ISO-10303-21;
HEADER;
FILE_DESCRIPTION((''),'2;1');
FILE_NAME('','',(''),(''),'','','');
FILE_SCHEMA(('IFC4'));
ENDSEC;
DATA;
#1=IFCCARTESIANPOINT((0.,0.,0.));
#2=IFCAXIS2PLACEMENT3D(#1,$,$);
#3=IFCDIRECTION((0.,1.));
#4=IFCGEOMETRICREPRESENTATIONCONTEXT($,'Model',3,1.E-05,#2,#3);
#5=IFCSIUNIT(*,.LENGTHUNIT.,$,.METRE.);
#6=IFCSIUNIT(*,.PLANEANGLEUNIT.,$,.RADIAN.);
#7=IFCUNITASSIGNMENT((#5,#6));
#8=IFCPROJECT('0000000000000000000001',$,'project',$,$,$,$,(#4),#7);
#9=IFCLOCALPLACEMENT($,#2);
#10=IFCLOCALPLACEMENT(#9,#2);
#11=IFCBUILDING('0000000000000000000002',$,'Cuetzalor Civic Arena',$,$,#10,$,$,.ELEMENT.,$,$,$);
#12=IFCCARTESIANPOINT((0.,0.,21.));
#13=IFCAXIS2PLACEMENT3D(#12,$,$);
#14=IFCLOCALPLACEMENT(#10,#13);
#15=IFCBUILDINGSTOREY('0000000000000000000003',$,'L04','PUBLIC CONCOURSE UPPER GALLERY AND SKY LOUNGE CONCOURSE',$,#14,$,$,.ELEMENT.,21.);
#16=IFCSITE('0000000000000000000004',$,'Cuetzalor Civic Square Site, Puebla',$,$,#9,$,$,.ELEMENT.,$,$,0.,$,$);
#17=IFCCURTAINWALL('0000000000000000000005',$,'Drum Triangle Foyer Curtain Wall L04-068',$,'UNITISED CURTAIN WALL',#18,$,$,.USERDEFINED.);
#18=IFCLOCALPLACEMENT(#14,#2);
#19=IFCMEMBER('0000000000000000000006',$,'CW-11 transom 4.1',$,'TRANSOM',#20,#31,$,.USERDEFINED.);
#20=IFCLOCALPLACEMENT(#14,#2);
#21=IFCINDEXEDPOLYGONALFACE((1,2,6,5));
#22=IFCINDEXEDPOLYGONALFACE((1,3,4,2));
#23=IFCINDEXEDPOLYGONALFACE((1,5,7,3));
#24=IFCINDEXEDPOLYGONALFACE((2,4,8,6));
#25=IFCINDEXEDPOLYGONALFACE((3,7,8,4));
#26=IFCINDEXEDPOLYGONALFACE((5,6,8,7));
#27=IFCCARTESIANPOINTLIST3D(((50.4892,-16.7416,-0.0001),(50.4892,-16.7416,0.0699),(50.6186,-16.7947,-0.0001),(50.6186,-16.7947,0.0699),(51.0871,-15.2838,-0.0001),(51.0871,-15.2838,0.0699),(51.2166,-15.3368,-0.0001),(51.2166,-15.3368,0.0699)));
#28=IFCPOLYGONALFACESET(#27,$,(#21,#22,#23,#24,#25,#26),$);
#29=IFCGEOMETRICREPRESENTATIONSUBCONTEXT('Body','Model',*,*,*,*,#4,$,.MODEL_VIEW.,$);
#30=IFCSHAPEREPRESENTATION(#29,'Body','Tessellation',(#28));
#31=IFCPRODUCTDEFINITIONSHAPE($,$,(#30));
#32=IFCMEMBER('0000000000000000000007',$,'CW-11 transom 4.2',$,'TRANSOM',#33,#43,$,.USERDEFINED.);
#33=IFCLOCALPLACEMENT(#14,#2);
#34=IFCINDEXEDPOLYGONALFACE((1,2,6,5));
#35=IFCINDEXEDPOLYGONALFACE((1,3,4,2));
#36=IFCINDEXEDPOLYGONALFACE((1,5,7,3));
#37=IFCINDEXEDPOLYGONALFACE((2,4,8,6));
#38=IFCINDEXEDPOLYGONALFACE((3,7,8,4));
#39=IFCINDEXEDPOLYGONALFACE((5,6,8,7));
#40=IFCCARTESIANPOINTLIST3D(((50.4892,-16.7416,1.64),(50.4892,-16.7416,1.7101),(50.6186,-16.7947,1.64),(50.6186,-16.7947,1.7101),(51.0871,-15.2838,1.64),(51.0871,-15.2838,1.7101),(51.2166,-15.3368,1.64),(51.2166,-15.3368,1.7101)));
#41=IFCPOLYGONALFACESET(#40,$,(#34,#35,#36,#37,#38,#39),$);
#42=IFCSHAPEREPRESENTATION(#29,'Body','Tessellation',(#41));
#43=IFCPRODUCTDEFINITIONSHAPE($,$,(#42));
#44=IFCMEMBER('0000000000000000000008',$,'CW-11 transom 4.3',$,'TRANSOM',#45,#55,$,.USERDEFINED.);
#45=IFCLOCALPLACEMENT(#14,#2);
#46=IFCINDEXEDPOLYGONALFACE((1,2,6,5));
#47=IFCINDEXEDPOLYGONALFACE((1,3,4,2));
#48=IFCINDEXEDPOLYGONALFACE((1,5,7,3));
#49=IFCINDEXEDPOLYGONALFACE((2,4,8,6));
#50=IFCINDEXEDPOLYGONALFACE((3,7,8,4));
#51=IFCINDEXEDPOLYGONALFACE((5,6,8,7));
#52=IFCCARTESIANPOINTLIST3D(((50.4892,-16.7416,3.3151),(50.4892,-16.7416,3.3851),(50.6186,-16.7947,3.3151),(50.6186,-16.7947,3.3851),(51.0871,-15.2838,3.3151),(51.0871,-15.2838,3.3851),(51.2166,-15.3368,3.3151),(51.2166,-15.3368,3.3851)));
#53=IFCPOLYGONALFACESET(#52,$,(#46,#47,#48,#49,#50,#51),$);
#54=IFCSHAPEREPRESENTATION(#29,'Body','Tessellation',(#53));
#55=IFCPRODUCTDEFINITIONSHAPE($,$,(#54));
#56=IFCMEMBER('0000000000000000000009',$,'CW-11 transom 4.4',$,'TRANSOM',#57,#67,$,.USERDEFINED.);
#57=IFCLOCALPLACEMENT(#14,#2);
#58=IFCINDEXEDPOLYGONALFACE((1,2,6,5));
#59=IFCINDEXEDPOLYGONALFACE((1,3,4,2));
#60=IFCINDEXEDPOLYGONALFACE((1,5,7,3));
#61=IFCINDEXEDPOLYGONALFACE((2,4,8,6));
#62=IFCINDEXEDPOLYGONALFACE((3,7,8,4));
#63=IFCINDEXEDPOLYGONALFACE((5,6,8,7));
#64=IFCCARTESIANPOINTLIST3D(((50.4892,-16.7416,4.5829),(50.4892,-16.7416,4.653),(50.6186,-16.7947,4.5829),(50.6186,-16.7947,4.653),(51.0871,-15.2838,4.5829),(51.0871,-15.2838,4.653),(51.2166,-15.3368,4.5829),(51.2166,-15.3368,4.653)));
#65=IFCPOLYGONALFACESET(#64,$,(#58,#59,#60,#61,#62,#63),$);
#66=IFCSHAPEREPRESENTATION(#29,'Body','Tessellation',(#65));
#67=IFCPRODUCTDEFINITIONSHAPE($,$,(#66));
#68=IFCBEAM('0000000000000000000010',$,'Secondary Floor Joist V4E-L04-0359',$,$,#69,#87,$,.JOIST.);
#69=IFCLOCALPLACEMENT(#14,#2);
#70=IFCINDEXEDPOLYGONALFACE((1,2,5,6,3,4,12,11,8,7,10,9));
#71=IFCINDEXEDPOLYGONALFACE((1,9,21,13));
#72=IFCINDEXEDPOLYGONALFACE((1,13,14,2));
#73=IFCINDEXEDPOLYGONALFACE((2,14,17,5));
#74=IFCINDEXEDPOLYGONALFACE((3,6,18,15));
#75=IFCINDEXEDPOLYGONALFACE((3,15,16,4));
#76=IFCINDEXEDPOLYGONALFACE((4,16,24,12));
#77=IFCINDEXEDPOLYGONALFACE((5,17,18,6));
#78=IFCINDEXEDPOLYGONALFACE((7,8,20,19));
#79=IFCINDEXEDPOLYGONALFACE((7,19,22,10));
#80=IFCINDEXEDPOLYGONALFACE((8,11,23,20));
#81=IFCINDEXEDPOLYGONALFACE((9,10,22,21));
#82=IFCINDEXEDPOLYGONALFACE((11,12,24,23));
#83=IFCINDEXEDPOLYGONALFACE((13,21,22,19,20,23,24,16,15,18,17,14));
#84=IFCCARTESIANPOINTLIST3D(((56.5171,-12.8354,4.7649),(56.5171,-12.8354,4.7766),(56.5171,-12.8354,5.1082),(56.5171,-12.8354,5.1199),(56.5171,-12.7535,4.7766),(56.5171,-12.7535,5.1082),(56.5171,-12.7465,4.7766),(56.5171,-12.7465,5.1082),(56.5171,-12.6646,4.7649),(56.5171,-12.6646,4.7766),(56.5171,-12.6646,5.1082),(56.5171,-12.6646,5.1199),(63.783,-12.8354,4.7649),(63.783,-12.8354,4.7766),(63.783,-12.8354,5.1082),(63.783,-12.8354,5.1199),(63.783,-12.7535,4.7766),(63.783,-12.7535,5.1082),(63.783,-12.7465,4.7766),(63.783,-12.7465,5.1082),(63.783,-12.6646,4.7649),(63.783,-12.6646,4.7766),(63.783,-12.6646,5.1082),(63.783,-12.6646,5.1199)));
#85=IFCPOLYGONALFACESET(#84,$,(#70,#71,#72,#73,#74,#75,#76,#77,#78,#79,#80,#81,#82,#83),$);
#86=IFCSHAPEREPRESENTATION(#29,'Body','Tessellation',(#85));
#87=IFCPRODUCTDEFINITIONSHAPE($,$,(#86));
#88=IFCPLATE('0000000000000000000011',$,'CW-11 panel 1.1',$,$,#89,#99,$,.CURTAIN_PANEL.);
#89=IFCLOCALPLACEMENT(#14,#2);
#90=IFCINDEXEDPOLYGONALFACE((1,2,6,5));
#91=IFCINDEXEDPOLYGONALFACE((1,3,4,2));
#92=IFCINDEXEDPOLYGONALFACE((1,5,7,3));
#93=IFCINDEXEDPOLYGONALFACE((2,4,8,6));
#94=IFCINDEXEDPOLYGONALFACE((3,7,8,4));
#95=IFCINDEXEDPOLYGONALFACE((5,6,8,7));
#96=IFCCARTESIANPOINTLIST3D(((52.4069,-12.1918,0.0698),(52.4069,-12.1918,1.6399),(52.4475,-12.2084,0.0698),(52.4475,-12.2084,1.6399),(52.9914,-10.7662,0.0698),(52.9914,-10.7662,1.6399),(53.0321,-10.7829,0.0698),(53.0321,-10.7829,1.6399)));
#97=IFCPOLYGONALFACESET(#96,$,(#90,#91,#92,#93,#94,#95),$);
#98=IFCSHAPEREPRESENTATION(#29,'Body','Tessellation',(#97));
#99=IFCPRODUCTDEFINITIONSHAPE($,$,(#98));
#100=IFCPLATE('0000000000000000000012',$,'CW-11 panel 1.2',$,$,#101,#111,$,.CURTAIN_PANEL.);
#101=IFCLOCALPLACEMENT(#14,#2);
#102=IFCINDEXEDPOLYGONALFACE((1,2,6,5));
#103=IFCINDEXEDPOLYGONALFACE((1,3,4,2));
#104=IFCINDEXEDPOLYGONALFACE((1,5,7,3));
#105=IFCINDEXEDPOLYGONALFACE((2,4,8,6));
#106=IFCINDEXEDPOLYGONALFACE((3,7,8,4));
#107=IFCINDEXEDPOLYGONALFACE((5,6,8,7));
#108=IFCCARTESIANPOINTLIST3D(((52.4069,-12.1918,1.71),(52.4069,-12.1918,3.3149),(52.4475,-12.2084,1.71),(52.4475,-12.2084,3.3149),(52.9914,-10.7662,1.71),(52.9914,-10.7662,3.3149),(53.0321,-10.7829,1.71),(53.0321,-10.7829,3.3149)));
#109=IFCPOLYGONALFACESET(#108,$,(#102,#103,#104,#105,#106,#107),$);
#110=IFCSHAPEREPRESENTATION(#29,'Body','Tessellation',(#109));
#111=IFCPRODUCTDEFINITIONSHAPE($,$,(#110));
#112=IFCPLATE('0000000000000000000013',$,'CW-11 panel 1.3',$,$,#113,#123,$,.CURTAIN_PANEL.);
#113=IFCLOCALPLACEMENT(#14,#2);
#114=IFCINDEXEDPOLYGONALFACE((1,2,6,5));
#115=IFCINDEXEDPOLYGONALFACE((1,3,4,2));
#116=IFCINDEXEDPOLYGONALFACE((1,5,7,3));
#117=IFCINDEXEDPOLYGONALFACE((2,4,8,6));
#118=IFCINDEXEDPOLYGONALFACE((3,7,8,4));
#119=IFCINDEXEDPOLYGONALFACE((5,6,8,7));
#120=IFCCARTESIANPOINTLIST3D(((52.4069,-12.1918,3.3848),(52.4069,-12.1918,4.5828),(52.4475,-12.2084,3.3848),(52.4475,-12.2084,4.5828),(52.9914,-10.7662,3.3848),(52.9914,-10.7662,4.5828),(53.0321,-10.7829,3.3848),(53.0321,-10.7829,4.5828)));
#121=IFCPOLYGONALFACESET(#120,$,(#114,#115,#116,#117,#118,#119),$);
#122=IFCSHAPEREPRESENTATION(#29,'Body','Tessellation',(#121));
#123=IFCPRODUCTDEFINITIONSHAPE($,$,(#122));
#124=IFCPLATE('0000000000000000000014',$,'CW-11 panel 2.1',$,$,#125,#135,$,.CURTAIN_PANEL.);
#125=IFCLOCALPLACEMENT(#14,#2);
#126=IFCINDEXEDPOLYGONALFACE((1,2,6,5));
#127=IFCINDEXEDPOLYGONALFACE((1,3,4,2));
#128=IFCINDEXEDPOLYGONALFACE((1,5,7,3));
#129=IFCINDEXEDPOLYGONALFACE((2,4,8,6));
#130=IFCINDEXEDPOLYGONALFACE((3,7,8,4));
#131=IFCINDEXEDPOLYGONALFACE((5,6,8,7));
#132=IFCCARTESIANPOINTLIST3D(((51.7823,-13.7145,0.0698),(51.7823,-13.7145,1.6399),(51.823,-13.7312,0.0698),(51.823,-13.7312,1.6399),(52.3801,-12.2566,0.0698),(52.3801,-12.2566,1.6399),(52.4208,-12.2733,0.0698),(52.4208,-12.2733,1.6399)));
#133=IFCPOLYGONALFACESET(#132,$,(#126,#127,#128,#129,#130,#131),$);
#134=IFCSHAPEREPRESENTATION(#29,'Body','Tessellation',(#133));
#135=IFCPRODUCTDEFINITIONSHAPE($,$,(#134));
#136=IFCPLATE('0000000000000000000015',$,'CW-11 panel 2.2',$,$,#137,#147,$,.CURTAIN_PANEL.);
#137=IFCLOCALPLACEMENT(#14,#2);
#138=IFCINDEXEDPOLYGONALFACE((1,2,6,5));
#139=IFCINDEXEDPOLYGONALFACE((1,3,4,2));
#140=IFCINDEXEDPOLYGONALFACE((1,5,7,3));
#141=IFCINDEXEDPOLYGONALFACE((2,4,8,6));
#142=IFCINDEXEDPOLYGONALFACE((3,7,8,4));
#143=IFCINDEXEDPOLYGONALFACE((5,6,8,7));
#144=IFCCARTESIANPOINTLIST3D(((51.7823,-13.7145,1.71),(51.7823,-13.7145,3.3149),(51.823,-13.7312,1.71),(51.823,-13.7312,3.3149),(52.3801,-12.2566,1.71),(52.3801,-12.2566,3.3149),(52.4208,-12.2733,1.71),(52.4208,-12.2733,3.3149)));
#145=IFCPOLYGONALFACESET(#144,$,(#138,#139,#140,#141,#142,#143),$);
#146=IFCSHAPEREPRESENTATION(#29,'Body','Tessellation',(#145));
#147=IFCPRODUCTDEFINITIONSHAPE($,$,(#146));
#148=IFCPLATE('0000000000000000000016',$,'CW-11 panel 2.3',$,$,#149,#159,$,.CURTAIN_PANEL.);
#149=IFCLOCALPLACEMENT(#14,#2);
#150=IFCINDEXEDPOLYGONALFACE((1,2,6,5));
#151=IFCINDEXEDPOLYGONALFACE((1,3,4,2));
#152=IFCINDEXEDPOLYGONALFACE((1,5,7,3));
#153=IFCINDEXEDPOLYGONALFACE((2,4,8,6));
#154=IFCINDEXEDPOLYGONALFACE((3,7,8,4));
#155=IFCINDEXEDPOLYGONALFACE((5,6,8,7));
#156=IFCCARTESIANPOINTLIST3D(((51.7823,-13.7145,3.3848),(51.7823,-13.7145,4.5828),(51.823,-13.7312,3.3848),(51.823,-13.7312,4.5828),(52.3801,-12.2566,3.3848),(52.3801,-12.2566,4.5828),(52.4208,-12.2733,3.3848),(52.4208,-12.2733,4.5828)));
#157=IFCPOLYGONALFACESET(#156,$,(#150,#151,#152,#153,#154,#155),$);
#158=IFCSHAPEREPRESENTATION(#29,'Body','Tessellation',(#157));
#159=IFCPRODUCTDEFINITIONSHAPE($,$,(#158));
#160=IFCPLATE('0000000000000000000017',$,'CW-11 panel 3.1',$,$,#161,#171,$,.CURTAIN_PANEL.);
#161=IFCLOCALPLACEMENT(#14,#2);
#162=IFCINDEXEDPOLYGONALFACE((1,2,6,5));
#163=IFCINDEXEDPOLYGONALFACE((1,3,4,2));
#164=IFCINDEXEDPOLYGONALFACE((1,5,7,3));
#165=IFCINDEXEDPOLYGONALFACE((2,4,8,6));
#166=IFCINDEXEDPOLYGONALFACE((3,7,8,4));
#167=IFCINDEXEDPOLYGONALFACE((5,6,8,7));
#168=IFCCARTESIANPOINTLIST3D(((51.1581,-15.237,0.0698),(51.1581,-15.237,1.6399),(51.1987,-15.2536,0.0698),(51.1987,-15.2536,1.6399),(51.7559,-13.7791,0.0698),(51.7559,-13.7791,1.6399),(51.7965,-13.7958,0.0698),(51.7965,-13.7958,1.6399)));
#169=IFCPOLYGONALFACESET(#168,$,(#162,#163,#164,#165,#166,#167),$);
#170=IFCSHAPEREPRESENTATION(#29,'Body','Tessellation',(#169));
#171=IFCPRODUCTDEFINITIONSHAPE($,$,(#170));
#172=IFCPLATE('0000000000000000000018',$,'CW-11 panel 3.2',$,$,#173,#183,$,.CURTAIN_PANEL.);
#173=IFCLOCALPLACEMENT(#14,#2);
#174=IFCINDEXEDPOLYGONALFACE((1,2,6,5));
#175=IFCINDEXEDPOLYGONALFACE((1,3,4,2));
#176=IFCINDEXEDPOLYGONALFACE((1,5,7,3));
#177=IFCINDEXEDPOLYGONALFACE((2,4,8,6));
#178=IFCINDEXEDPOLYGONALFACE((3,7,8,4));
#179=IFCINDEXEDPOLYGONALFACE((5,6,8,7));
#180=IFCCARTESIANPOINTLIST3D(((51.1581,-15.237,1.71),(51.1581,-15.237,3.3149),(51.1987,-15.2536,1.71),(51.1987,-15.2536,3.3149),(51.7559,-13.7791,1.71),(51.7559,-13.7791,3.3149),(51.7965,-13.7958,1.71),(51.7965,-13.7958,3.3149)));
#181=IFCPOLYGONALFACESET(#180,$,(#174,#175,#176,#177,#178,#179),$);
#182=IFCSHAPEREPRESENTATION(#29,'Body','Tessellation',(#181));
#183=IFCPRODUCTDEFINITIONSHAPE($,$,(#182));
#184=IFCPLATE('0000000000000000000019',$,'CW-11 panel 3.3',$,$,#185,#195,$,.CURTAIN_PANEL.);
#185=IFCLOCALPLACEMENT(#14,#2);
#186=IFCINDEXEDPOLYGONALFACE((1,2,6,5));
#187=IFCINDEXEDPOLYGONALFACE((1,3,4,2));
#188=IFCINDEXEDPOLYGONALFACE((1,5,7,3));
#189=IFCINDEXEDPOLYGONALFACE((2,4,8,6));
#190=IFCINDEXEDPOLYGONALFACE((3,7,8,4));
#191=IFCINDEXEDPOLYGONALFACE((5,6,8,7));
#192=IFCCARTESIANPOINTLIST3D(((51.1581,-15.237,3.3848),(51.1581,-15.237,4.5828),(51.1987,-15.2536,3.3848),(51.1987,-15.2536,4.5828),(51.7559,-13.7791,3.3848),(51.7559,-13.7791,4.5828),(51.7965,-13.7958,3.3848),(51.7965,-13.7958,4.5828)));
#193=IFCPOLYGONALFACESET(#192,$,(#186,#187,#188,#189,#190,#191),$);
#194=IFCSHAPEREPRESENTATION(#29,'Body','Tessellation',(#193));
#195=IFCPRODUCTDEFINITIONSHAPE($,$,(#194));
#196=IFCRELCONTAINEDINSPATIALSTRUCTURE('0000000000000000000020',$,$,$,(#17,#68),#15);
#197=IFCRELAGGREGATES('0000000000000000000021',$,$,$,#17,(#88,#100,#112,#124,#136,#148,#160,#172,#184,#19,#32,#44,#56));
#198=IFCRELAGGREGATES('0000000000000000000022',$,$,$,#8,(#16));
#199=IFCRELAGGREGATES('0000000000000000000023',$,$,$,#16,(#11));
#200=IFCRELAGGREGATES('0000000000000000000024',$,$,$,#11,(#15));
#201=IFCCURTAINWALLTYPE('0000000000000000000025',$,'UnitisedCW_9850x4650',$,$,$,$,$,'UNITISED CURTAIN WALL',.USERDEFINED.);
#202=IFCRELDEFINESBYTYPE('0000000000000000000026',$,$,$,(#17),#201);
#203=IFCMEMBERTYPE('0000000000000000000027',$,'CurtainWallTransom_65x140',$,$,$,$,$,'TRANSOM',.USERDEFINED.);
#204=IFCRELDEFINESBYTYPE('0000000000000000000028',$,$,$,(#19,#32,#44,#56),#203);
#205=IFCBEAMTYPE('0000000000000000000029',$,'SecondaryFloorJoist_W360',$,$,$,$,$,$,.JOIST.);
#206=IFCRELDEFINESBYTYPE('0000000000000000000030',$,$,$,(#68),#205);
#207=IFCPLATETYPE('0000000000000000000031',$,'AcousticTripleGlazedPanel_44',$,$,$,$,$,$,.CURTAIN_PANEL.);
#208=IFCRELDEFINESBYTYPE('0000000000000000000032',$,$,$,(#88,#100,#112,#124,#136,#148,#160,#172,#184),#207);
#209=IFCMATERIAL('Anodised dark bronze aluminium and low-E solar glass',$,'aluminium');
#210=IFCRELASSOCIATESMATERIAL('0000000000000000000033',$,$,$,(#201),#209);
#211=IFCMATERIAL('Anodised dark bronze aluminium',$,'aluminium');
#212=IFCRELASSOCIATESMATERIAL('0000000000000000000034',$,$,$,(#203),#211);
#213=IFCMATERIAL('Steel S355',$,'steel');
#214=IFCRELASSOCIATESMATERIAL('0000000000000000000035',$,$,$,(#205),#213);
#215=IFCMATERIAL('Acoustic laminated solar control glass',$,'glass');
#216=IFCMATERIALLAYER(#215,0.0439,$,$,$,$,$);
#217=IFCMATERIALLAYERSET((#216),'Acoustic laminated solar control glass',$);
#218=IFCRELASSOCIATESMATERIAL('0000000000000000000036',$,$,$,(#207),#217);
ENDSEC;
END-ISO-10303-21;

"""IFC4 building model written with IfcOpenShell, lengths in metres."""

from ifc_helpers import new_model, si_unit, direction, frame, origin, origin_2d, place, context, subcontext, project, spatial, rectangle, i_section, extrude, material, layer, layer_set, material_profile, profile_set, type_object, element, aggregate, save


model = new_model("IFC4")

# Units and contexts
model_context = context("Model", 3, precision=1e-05, world=origin(), true_north=direction((0.0, 1.0)))
body_context = subcontext(model_context, "Body", "Model", "MODEL_VIEW")
ifc_project = project(units=[si_unit("LENGTHUNIT", "METRE"), si_unit("PLANEANGLEUNIT", "RADIAN")], contexts=[model_context])

# Site, building, storey
site_placement = place(None, origin())
site = spatial("IfcSite", under=ifc_project, at=site_placement, Name="Cuetzalor Civic Square Site, Puebla", CompositionType="ELEMENT", RefElevation=0.0)
building_placement = place(site_placement, origin())
building = spatial("IfcBuilding", under=site, at=building_placement, Name="Cuetzalor Civic Arena", CompositionType="ELEMENT")
storey_placement = place(building_placement, frame((0.0, 0.0, 21.0)))
storey = spatial("IfcBuildingStorey", under=building, at=storey_placement, Name="L04", Description="PUBLIC CONCOURSE UPPER GALLERY AND SKY LOUNGE CONCOURSE", CompositionType="ELEMENT", Elevation=21.0)

# Curtain wall, members
ifc_material_1 = material(Name="Anodised dark bronze aluminium and low-E solar glass", Category="aluminium")
curtain_wall_type = type_object("IfcCurtainWallType", Name="UnitisedCW_9850x4650", ElementType="UNITISED CURTAIN WALL", PredefinedType="USERDEFINED", material=ifc_material_1)
curtain_wall_placement = place(storey_placement, origin())
curtain_wall = element("IfcCurtainWall", 1, at=curtain_wall_placement, inside=storey, type_object=curtain_wall_type, Name="Drum Triangle Foyer Curtain Wall L04-068", ObjectType="UNITISED CURTAIN WALL", PredefinedType="USERDEFINED")
ifc_material_2 = material(Name="Anodised dark bronze aluminium", Category="aluminium")
ifc_material_profile_1 = material_profile(ifc_material_2, rectangle(XDim=0.1399, YDim=0.0701, at=origin_2d()), Name="ALU TRANSOM 70x140")
ifc_profile_set_1 = profile_set([ifc_material_profile_1], Name="Anodised dark bronze aluminium")
member_type_1 = type_object("IfcMemberType", Name="CurtainWallTransom_65x140", ElementType="TRANSOM", PredefinedType="USERDEFINED", material=ifc_profile_set_1)
member_1_placement = place(storey_placement, frame((51.1519, -15.3103, 0.0349), z_axis=(-0.379471, -0.925203, 0.0), x_axis=(0.925203, -0.379471, 0.0)))
member_1 = element("IfcMember", 2, at=member_1_placement, type_object=member_type_1, Name="CW-11 transom 4.1", ObjectType="TRANSOM", PredefinedType="USERDEFINED", context=body_context, shape_type="SweptSolid", body=[
    extrude(rectangle(XDim=0.1399, YDim=0.0701, at=origin_2d()), origin(), (0.0, 0.0, 1.0), 1.5757),
])
member_2_placement = place(storey_placement, frame((51.1519, -15.3103, 1.675), z_axis=(-0.379471, -0.925203, 0.0), x_axis=(0.925203, -0.379471, 0.0)))
member_2 = element("IfcMember", 3, at=member_2_placement, type_object=member_type_1, Name="CW-11 transom 4.2", ObjectType="TRANSOM", PredefinedType="USERDEFINED", context=body_context, shape_type="SweptSolid", body=[
    extrude(rectangle(XDim=0.1399, YDim=0.0701, at=origin_2d()), origin(), (0.0, 0.0, 1.0), 1.5757),
])
member_3_placement = place(storey_placement, frame((51.1519, -15.3103, 3.3501), z_axis=(-0.379471, -0.925203, 0.0), x_axis=(0.925203, -0.379471, 0.0)))
member_3 = element("IfcMember", 4, at=member_3_placement, type_object=member_type_1, Name="CW-11 transom 4.3", ObjectType="TRANSOM", PredefinedType="USERDEFINED", context=body_context, shape_type="SweptSolid", body=[
    extrude(rectangle(XDim=0.1399, YDim=0.0701, at=origin_2d()), origin(), (0.0, 0.0, 1.0), 1.5757),
])
member_4_placement = place(storey_placement, frame((51.1519, -15.3103, 4.6179), z_axis=(-0.379471, -0.925203, 0.0), x_axis=(0.925203, -0.379471, 0.0)))
member_4 = element("IfcMember", 5, at=member_4_placement, type_object=member_type_1, Name="CW-11 transom 4.4", ObjectType="TRANSOM", PredefinedType="USERDEFINED", context=body_context, shape_type="SweptSolid", body=[
    extrude(rectangle(XDim=0.1399, YDim=0.0701, at=origin_2d()), origin(), (0.0, 0.0, 1.0), 1.5757),
])

# Beam
ifc_material_3 = material(Name="Steel S355", Category="steel")
ifc_material_profile_2 = material_profile(ifc_material_3, i_section(OverallWidth=0.1709, OverallDepth=0.355, WebThickness=0.0071, FlangeThickness=0.0117, at=origin_2d()), Name="W360x51")
ifc_profile_set_2 = profile_set([ifc_material_profile_2], Name="Steel S355")
beam_type_1 = type_object("IfcBeamType", Name="SecondaryFloorJoist_W360", PredefinedType="JOIST", material=ifc_profile_set_2)
beam_1_placement = place(storey_placement, frame((56.5171, -12.75, 4.9424), z_axis=(1.0, 0.0, 0.0), x_axis=(0.0, 1.0, 0.0)))
element("IfcBeam", 6, at=beam_1_placement, inside=storey, type_object=beam_type_1, Name="Secondary Floor Joist V4E-L04-0359", PredefinedType="JOIST", context=body_context, shape_type="SweptSolid", body=[
    extrude(i_section(OverallWidth=0.1709, OverallDepth=0.355, WebThickness=0.0071, FlangeThickness=0.0117, at=origin_2d()), origin(), (0.0, 0.0, 1.0), 7.2659),
])

# Plates
ifc_material_4 = material(Name="Acoustic laminated solar control glass", Category="glass")
ifc_layer = layer(ifc_material_4, 0.0439)
ifc_layer_set = layer_set([ifc_layer], Name="Acoustic laminated solar control glass")
plate_type = type_object("IfcPlateType", Name="AcousticTripleGlazedPanel_44", PredefinedType="CURTAIN_PANEL", material=ifc_layer_set)
plate_1_placement = place(storey_placement, frame((52.7195, -11.4873, 0.0698), z_axis=(0.0, 0.0, 1.0), x_axis=(-0.379391, -0.925236, 0.0)))
plate_1 = element("IfcPlate", 7, at=plate_1_placement, type_object=plate_type, Name="CW-11 panel 1.1", PredefinedType="CURTAIN_PANEL", context=body_context, shape_type="SweptSolid", body=[
    extrude(rectangle(XDim=1.5408, YDim=0.0439, at=origin_2d()), origin(), (0.0, 0.0, 1.0), 1.5701),
])
plate_2_placement = place(storey_placement, frame((52.7195, -11.4873, 1.71), z_axis=(0.0, 0.0, 1.0), x_axis=(-0.379391, -0.925236, 0.0)))
plate_2 = element("IfcPlate", 8, at=plate_2_placement, type_object=plate_type, Name="CW-11 panel 1.2", PredefinedType="CURTAIN_PANEL", context=body_context, shape_type="SweptSolid", body=[
    extrude(rectangle(XDim=1.5408, YDim=0.0439, at=origin_2d()), origin(), (0.0, 0.0, 1.0), 1.605),
])
plate_3_placement = place(storey_placement, frame((52.7195, -11.4873, 3.3848), z_axis=(0.0, 0.0, 1.0), x_axis=(-0.379391, -0.925236, 0.0)))
plate_3 = element("IfcPlate", 9, at=plate_3_placement, type_object=plate_type, Name="CW-11 panel 1.3", PredefinedType="CURTAIN_PANEL", context=body_context, shape_type="SweptSolid", body=[
    extrude(rectangle(XDim=1.5408, YDim=0.0439, at=origin_2d()), origin(), (0.0, 0.0, 1.0), 1.198),
])
plate_4_placement = place(storey_placement, frame((52.1016, -12.9939, 0.0698), z_axis=(0.0, 0.0, 1.0), x_axis=(-0.379391, -0.925236, 0.0)))
plate_4 = element("IfcPlate", 10, at=plate_4_placement, type_object=plate_type, Name="CW-11 panel 2.1", PredefinedType="CURTAIN_PANEL", context=body_context, shape_type="SweptSolid", body=[
    extrude(rectangle(XDim=1.5757, YDim=0.0439, at=origin_2d()), origin(), (0.0, 0.0, 1.0), 1.5701),
])
plate_5_placement = place(storey_placement, frame((52.1016, -12.9939, 1.71), z_axis=(0.0, 0.0, 1.0), x_axis=(-0.379391, -0.925236, 0.0)))
plate_5 = element("IfcPlate", 11, at=plate_5_placement, type_object=plate_type, Name="CW-11 panel 2.2", PredefinedType="CURTAIN_PANEL", context=body_context, shape_type="SweptSolid", body=[
    extrude(rectangle(XDim=1.5757, YDim=0.0439, at=origin_2d()), origin(), (0.0, 0.0, 1.0), 1.605),
])
plate_6_placement = place(storey_placement, frame((52.1016, -12.9939, 3.3848), z_axis=(0.0, 0.0, 1.0), x_axis=(-0.379391, -0.925236, 0.0)))
plate_6 = element("IfcPlate", 12, at=plate_6_placement, type_object=plate_type, Name="CW-11 panel 2.3", PredefinedType="CURTAIN_PANEL", context=body_context, shape_type="SweptSolid", body=[
    extrude(rectangle(XDim=1.5757, YDim=0.0439, at=origin_2d()), origin(), (0.0, 0.0, 1.0), 1.198),
])
plate_7_placement = place(storey_placement, frame((51.4773, -14.5164, 0.0698), z_axis=(0.0, 0.0, 1.0), x_axis=(-0.379391, -0.925236, 0.0)))
plate_7 = element("IfcPlate", 13, at=plate_7_placement, type_object=plate_type, Name="CW-11 panel 3.1", PredefinedType="CURTAIN_PANEL", context=body_context, shape_type="SweptSolid", body=[
    extrude(rectangle(XDim=1.5757, YDim=0.0439, at=origin_2d()), origin(), (0.0, 0.0, 1.0), 1.5701),
])
plate_8_placement = place(storey_placement, frame((51.4773, -14.5164, 1.71), z_axis=(0.0, 0.0, 1.0), x_axis=(-0.379391, -0.925236, 0.0)))
plate_8 = element("IfcPlate", 14, at=plate_8_placement, type_object=plate_type, Name="CW-11 panel 3.2", PredefinedType="CURTAIN_PANEL", context=body_context, shape_type="SweptSolid", body=[
    extrude(rectangle(XDim=1.5757, YDim=0.0439, at=origin_2d()), origin(), (0.0, 0.0, 1.0), 1.605),
])
plate_9_placement = place(storey_placement, frame((51.4773, -14.5164, 3.3848), z_axis=(0.0, 0.0, 1.0), x_axis=(-0.379391, -0.925236, 0.0)))
plate_9 = element("IfcPlate", 15, at=plate_9_placement, type_object=plate_type, Name="CW-11 panel 3.3", PredefinedType="CURTAIN_PANEL", context=body_context, shape_type="SweptSolid", body=[
    extrude(rectangle(XDim=1.5757, YDim=0.0439, at=origin_2d()), origin(), (0.0, 0.0, 1.0), 1.198),
])
aggregate(curtain_wall, [plate_1, plate_2, plate_3, plate_4, plate_5, plate_6, plate_7, plate_8, plate_9, member_1, member_2, member_3, member_4])

save(model, "model.ifc")
